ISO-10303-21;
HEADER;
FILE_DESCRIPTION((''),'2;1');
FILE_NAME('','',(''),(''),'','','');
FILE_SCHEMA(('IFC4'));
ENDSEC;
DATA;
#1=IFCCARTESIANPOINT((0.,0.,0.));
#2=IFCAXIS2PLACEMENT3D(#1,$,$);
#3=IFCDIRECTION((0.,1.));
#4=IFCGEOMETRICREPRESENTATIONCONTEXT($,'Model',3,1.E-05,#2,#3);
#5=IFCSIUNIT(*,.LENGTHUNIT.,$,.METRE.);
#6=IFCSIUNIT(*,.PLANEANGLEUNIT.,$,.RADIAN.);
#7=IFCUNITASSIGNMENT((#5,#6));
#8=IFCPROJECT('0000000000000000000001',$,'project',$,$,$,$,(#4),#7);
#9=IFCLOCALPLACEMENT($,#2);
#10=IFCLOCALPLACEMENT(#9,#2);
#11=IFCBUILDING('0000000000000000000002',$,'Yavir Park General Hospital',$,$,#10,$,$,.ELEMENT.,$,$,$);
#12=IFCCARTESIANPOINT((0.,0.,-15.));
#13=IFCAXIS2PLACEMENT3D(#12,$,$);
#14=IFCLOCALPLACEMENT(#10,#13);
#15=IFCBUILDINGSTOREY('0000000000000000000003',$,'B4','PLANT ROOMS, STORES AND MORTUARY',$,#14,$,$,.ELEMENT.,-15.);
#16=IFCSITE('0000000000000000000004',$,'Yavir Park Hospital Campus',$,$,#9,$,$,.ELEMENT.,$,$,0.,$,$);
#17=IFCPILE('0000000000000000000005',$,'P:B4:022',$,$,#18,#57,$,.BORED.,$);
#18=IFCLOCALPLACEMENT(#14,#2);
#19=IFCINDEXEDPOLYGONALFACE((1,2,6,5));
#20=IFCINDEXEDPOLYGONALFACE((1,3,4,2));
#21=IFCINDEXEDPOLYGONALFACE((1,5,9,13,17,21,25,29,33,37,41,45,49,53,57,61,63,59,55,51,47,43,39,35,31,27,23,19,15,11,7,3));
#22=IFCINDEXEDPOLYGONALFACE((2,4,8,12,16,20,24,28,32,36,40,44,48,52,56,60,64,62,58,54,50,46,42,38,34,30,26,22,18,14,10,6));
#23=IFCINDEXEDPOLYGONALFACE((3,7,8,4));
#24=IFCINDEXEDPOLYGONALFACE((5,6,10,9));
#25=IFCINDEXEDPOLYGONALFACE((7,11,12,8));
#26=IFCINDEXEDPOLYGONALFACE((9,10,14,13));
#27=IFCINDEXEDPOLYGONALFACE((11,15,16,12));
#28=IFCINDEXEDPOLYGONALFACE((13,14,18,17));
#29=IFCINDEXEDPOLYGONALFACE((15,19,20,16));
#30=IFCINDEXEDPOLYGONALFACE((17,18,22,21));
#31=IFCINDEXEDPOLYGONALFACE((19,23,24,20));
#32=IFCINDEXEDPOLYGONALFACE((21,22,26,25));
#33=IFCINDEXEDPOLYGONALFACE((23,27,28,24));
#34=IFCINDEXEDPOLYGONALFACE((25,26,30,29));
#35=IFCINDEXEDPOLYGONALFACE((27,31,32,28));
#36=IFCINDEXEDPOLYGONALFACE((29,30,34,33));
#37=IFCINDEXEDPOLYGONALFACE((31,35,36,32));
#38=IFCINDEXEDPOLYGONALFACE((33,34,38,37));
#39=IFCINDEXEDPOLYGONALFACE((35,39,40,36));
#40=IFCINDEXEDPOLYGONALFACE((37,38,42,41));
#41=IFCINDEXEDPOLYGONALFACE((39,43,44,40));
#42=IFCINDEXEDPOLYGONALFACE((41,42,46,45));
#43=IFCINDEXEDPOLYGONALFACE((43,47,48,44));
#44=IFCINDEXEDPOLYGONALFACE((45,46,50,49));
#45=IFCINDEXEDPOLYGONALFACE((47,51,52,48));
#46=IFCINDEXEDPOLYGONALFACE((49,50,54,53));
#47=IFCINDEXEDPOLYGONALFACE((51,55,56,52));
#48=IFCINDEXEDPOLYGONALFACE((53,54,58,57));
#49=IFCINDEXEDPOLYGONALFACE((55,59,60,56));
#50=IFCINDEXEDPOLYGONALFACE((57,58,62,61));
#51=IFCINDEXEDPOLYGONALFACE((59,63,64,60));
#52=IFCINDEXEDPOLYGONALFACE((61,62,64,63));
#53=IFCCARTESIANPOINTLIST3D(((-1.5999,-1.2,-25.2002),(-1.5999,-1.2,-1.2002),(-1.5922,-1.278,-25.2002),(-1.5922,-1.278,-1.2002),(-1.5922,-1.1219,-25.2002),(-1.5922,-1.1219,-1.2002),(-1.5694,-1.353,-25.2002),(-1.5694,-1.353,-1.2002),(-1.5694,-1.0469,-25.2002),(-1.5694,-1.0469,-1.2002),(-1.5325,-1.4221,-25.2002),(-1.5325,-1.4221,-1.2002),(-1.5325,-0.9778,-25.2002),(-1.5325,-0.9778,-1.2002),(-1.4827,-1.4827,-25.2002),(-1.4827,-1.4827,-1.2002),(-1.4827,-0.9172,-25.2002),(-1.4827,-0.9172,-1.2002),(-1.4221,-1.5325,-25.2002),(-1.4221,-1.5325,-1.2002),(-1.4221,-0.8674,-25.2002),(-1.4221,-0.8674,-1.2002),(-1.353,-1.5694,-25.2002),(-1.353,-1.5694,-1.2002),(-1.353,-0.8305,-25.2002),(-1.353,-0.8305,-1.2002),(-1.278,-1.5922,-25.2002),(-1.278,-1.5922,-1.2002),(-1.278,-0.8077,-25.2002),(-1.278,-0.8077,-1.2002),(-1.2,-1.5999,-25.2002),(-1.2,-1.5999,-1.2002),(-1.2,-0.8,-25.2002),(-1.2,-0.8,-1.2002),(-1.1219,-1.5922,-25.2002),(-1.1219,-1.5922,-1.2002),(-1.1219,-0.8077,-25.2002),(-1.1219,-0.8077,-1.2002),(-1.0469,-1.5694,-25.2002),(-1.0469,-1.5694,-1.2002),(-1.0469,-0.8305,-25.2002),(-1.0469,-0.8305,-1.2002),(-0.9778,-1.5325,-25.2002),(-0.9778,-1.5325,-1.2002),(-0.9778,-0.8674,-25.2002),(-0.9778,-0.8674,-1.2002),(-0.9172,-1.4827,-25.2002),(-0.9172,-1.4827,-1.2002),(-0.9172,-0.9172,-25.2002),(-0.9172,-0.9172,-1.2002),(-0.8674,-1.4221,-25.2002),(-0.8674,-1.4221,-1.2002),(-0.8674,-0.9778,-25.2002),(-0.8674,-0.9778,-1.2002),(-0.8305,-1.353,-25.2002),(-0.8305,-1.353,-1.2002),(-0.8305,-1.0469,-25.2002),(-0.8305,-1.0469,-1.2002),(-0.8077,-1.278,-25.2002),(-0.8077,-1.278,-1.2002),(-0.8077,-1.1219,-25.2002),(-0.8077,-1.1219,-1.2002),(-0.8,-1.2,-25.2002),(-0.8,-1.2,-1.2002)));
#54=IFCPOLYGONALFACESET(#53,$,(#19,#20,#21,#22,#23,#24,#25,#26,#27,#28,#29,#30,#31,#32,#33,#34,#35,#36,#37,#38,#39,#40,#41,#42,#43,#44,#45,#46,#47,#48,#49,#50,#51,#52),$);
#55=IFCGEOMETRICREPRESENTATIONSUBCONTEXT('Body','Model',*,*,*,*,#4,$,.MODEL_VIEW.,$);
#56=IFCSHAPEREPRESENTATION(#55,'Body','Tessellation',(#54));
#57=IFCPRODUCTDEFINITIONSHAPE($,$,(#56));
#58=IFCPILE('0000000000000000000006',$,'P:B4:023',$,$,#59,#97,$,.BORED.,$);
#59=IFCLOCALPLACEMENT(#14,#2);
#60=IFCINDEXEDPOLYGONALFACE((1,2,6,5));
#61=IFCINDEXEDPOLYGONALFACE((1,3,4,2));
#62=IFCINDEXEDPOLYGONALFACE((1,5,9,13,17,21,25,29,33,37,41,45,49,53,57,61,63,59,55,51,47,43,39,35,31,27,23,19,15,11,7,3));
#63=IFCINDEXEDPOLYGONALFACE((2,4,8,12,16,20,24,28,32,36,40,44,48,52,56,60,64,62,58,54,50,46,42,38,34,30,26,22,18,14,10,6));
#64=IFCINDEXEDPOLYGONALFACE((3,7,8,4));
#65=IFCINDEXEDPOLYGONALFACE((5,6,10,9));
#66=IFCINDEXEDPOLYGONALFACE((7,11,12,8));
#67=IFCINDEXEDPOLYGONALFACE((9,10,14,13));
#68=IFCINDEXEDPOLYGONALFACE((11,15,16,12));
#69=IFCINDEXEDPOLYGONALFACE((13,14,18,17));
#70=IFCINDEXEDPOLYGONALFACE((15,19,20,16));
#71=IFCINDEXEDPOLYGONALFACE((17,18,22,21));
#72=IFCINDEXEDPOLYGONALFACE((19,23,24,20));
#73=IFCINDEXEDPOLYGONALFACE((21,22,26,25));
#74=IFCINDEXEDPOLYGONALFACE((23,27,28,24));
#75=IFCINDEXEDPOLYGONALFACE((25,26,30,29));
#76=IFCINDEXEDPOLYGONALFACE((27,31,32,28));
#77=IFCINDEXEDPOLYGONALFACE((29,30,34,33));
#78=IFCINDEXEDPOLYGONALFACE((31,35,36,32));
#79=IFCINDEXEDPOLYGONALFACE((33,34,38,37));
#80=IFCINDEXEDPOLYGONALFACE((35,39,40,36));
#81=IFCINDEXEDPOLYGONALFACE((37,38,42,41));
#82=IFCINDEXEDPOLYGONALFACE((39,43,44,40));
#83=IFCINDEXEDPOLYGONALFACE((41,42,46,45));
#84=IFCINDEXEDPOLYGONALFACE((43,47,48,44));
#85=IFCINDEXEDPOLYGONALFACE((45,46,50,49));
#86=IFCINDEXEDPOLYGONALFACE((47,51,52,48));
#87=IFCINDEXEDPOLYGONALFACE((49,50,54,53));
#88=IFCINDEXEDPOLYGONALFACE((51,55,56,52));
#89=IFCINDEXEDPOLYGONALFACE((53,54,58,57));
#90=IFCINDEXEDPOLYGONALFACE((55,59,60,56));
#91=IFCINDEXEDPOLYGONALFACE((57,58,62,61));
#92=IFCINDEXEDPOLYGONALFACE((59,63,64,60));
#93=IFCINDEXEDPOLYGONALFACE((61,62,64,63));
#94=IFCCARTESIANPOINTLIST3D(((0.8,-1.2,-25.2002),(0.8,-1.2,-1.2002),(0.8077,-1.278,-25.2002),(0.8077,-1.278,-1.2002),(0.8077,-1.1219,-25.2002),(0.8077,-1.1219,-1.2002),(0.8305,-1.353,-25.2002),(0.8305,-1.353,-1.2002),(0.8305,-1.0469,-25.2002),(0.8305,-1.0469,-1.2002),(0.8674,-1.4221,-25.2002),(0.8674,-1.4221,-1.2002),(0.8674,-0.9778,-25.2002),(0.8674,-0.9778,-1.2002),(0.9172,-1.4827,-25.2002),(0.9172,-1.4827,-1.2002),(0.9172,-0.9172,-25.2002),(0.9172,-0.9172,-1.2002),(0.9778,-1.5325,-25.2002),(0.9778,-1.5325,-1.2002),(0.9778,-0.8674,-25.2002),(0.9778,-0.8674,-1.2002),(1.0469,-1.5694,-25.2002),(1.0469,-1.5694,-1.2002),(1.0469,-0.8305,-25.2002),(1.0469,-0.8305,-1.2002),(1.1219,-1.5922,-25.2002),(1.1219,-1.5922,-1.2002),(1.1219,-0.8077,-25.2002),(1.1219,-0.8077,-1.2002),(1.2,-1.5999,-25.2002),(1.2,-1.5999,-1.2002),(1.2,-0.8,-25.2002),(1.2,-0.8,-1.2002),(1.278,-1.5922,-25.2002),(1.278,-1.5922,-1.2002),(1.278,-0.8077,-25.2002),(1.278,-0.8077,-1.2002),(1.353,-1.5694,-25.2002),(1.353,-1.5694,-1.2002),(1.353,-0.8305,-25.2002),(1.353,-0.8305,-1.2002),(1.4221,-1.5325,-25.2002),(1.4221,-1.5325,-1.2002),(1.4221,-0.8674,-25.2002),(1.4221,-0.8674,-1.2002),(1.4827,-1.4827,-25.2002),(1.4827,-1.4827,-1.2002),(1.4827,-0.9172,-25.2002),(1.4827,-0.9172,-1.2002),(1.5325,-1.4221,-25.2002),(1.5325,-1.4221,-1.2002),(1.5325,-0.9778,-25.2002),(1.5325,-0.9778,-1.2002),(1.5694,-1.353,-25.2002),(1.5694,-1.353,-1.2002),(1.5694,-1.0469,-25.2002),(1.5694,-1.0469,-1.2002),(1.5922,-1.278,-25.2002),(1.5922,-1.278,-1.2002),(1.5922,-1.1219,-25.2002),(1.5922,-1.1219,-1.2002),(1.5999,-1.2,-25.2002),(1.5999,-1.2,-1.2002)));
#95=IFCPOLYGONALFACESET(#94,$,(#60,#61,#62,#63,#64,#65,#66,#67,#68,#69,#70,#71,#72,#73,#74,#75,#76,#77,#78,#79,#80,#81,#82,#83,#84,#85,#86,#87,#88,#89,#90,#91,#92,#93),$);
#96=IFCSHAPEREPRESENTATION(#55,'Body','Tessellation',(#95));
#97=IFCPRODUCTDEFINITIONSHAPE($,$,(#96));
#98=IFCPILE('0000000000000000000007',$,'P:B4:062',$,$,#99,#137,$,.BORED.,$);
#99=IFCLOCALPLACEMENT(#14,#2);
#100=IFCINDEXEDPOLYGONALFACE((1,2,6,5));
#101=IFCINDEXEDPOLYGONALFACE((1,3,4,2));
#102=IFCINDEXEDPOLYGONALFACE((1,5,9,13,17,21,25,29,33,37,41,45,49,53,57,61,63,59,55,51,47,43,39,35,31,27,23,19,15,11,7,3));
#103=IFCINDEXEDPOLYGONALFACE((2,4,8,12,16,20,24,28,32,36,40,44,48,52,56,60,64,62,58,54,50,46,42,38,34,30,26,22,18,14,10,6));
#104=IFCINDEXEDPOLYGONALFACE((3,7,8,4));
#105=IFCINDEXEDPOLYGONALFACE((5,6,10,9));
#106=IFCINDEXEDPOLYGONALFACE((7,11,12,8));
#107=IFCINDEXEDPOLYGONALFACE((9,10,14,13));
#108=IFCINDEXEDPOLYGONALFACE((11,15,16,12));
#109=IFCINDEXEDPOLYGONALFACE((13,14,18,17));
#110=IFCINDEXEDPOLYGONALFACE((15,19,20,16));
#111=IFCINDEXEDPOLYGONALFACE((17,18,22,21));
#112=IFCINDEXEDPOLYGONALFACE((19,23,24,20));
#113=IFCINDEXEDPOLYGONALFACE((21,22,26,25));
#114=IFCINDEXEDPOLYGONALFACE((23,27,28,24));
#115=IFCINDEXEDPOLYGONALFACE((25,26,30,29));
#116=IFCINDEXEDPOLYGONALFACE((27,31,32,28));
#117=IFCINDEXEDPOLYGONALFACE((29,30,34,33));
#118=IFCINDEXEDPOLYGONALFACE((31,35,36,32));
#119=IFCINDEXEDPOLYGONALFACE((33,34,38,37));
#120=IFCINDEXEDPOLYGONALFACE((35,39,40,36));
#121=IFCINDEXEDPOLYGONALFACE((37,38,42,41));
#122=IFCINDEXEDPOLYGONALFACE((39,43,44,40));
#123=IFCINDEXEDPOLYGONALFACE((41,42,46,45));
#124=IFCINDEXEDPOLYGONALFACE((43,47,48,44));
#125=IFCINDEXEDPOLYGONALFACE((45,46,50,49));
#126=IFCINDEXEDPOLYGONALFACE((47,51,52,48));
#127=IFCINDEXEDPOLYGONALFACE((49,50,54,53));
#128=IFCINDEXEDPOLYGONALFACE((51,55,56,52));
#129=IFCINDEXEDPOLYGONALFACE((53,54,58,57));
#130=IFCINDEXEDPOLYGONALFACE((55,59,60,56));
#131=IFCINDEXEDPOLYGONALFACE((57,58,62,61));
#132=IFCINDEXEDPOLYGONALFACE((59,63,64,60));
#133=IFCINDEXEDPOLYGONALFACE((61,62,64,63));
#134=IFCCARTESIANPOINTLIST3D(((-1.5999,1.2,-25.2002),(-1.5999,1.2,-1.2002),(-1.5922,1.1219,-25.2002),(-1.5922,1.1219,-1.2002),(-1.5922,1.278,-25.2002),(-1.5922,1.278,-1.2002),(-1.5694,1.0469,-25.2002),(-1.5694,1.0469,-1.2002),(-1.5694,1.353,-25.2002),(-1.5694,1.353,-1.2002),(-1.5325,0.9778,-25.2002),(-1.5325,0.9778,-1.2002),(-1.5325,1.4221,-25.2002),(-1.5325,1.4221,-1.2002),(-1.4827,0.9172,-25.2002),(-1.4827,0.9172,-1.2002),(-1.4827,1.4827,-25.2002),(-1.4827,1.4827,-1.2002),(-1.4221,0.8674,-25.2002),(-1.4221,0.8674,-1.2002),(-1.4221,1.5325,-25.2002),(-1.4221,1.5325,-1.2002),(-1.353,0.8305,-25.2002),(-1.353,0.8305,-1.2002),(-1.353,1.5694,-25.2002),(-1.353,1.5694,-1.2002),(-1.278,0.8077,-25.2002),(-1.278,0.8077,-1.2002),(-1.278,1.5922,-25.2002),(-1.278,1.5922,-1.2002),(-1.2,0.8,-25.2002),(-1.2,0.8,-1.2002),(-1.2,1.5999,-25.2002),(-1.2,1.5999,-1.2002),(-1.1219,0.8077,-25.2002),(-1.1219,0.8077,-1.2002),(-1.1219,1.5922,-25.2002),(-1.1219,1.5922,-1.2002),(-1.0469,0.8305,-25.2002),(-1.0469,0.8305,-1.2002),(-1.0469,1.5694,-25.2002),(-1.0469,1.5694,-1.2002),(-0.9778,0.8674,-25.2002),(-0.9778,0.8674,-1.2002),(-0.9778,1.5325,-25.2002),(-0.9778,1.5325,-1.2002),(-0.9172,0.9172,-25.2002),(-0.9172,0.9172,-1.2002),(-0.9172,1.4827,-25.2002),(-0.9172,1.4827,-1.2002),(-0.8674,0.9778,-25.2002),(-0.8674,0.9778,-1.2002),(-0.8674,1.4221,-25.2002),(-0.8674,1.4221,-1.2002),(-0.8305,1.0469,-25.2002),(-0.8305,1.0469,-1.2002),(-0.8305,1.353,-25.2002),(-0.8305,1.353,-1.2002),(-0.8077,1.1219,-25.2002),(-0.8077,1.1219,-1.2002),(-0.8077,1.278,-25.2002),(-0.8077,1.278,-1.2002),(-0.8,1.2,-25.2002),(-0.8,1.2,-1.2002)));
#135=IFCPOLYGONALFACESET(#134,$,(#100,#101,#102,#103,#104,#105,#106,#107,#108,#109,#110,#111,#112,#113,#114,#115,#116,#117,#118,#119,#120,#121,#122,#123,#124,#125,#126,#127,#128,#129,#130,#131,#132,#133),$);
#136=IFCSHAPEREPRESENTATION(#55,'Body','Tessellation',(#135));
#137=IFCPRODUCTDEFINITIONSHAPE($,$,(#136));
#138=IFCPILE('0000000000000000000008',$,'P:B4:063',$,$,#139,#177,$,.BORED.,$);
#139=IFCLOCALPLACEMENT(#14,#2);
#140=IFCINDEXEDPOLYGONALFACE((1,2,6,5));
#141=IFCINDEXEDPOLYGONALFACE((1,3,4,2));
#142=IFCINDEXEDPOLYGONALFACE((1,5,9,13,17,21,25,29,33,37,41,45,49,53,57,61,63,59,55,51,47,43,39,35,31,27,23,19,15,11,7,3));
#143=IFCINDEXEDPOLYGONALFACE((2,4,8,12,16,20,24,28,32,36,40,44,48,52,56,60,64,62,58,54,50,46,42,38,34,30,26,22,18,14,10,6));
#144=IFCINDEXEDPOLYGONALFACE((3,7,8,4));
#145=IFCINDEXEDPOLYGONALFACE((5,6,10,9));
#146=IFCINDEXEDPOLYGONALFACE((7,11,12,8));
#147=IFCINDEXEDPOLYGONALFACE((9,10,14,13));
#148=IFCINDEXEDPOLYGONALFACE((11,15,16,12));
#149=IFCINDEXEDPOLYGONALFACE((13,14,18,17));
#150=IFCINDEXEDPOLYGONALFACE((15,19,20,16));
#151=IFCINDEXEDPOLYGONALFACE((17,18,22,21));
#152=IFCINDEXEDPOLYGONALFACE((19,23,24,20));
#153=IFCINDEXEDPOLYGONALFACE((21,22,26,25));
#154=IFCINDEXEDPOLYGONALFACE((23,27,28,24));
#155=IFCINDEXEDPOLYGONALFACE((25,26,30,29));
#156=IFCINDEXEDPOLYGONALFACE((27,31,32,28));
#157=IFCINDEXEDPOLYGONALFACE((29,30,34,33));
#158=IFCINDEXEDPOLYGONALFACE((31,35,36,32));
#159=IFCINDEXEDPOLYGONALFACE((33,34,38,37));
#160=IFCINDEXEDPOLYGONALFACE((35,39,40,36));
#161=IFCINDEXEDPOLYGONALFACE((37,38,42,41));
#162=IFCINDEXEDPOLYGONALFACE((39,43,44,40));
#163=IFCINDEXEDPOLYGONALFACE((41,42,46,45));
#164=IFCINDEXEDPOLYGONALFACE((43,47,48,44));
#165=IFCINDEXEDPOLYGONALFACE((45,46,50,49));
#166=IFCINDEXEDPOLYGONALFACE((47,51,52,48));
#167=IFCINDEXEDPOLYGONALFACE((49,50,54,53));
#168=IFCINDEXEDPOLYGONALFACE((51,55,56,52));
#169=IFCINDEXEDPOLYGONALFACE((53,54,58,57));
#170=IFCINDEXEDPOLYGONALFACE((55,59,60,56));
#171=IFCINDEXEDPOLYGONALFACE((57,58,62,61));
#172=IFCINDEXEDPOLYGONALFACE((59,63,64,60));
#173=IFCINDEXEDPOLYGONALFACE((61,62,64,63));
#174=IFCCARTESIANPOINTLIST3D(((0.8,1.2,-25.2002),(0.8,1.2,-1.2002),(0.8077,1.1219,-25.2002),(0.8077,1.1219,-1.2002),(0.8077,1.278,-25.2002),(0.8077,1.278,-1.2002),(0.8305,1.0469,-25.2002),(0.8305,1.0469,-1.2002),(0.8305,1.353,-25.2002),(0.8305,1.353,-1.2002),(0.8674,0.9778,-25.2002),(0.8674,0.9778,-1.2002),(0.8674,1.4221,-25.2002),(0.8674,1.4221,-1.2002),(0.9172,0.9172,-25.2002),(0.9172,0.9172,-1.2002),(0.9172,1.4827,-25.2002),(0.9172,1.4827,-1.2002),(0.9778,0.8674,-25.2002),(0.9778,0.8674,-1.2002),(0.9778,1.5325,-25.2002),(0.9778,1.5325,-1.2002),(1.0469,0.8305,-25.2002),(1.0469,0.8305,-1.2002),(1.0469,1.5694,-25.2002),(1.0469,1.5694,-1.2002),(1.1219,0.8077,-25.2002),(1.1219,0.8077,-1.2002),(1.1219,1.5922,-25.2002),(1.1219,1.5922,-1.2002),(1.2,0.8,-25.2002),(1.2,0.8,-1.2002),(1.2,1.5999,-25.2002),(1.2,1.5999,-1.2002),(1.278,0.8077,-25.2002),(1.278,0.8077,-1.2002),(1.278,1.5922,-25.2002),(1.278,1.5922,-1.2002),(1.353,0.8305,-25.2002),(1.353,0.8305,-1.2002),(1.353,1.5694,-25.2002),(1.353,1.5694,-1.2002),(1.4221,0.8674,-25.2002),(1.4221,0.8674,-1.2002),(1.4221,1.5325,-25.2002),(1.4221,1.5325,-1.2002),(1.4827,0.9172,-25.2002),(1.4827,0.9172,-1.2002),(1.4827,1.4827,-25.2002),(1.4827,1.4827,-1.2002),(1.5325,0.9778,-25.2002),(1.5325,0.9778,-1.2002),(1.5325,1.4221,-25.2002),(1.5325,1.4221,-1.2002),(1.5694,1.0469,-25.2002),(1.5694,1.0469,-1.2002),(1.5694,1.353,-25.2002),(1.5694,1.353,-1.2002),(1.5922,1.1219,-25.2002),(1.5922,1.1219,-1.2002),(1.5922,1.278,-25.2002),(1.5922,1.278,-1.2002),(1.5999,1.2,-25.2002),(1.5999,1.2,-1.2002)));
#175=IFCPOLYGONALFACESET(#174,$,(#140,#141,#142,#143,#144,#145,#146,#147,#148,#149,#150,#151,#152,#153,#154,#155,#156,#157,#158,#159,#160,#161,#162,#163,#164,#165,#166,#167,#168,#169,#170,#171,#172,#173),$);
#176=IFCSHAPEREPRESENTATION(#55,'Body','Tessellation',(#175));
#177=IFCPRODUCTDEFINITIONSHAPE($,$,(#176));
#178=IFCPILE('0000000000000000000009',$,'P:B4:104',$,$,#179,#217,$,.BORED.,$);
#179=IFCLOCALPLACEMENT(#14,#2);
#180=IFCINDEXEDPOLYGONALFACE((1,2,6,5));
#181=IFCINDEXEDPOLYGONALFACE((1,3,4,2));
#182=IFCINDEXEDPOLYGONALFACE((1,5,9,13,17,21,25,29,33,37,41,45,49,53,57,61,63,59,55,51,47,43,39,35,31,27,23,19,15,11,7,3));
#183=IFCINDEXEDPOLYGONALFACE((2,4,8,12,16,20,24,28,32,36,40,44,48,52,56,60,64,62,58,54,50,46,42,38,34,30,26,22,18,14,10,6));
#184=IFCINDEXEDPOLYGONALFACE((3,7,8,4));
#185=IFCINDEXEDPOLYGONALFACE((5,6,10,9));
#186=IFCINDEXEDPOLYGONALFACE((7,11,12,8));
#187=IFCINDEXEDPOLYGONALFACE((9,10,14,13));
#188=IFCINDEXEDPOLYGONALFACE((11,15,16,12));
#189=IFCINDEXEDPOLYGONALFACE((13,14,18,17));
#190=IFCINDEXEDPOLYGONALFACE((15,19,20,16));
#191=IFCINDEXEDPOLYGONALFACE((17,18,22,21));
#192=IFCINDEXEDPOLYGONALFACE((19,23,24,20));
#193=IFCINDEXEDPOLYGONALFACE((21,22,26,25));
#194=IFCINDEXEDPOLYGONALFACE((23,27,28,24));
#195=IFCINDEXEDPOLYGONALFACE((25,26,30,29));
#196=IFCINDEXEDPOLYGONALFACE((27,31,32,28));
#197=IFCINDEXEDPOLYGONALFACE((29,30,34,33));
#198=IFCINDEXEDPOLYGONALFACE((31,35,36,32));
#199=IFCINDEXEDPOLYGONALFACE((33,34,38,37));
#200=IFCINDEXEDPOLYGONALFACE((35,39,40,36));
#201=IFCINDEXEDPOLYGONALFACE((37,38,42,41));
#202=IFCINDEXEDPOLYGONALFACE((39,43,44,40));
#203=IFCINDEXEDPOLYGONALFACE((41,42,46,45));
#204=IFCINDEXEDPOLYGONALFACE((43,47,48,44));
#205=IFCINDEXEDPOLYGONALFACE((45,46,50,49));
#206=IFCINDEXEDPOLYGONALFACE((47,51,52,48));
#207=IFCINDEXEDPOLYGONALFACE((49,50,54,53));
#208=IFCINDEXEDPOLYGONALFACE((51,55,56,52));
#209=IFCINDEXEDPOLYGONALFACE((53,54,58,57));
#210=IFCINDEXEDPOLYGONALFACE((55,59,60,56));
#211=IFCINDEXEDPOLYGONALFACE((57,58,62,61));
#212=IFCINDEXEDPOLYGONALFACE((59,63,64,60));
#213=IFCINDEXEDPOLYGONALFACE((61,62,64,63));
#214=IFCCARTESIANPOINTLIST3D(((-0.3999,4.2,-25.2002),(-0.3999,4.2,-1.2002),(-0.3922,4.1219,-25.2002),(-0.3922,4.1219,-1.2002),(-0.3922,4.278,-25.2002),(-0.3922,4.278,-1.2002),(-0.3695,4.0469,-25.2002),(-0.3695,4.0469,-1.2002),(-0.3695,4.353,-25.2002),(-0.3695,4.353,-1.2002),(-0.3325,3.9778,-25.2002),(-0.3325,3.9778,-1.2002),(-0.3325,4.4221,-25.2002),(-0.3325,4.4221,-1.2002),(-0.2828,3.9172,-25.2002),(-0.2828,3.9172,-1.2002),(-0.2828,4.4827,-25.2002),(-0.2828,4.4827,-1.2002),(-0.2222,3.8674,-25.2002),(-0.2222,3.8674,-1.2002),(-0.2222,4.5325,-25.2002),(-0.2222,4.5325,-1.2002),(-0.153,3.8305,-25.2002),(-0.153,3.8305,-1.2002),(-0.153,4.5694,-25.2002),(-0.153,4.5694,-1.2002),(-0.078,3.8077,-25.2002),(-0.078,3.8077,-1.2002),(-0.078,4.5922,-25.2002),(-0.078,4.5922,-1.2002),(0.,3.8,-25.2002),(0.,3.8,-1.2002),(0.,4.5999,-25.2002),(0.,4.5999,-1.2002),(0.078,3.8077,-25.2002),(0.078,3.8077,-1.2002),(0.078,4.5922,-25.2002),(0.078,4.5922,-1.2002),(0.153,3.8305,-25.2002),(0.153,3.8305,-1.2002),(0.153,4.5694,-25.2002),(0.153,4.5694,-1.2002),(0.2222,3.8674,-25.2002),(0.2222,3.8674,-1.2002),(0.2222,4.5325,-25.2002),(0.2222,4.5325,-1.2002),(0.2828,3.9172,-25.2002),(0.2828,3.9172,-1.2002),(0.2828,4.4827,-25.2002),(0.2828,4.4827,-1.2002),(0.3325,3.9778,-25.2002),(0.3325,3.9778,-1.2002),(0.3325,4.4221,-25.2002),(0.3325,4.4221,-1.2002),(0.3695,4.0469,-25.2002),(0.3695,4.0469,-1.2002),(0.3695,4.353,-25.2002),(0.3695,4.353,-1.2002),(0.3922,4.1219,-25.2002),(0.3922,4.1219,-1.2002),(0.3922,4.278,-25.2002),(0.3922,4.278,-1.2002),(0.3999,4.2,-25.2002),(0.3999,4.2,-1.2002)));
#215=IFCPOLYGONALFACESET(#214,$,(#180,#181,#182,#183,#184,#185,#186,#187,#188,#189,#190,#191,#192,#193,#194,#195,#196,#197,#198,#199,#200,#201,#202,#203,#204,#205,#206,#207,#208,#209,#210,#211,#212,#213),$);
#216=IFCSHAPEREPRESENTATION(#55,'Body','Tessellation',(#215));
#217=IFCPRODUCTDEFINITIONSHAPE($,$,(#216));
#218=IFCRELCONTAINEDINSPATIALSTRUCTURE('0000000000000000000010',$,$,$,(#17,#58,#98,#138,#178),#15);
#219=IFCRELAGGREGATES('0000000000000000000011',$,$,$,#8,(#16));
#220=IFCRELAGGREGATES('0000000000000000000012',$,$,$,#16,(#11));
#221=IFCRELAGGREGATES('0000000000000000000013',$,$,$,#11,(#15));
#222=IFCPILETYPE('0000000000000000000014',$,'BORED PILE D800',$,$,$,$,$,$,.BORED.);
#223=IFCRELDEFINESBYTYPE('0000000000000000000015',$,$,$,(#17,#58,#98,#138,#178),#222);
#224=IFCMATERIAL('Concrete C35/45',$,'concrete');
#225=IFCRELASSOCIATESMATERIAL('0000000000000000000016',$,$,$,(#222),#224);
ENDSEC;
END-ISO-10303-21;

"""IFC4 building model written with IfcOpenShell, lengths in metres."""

from ifc_helpers import new_model, si_unit, direction, frame, origin, origin_2d, place, context, subcontext, project, spatial, circle, extrude, material, material_profile, profile_set, type_object, element, save


model = new_model("IFC4")

# Units and contexts
model_context = context("Model", 3, precision=1e-05, world=origin(), true_north=direction((0.0, 1.0)))
body_context = subcontext(model_context, "Body", "Model", "MODEL_VIEW")
ifc_project = project(units=[si_unit("LENGTHUNIT", "METRE"), si_unit("PLANEANGLEUNIT", "RADIAN")], contexts=[model_context])

# Site, building, storey
site_placement = place(None, origin())
site = spatial("IfcSite", under=ifc_project, at=site_placement, Name="Yavir Park Hospital Campus", CompositionType="ELEMENT", RefElevation=0.0)
building_placement = place(site_placement, origin())
building = spatial("IfcBuilding", under=site, at=building_placement, Name="Yavir Park General Hospital", CompositionType="ELEMENT")
storey_placement = place(building_placement, frame((0.0, 0.0, -15.0)))
storey = spatial("IfcBuildingStorey", under=building, at=storey_placement, Name="B4", Description="PLANT ROOMS, STORES AND MORTUARY", CompositionType="ELEMENT", Elevation=-15.0)

# Piles
ifc_material_1 = material(Name="Concrete C35/45", Category="concrete")
ifc_material_profile_1 = material_profile(ifc_material_1, circle(Radius=0.3999, at=origin_2d()), Name="D800")
ifc_profile_set_1 = profile_set([ifc_material_profile_1], Name="Concrete C35/45")
pile_type = type_object("IfcPileType", Name="BORED PILE D800", PredefinedType="BORED", material=ifc_profile_set_1)
for number, where, z_axis, x_axis, name in (
    (1, (-1.2, -1.2, -1.2002), (0.0, 0.0, -1.0), (1.0, 0.0, 0.0), "P:B4:022"),
    (2, (1.2, -1.2, -1.2002), (0.0, 0.0, -1.0), (1.0, 0.0, 0.0), "P:B4:023"),
    (3, (-1.2, 1.2, -1.2002), (0.0, 0.0, -1.0), (1.0, 0.0, 0.0), "P:B4:062"),
    (4, (1.2, 1.2, -1.2002), (0.0, 0.0, -1.0), (1.0, 0.0, 0.0), "P:B4:063"),
    (5, (0.0, 4.2, -1.2002), (0.0, 0.0, -1.0), (1.0, 0.0, 0.0), "P:B4:104"),
):
    element("IfcPile", number, at=place(storey_placement, frame(where, z_axis=z_axis, x_axis=x_axis)), inside=storey, type_object=pile_type, Name=name, PredefinedType="BORED", context=body_context, shape_type="SweptSolid", body=[
        extrude(circle(Radius=0.3999, at=origin_2d()), origin(), (0.0, 0.0, 1.0), 24.0),
    ])

save(model, "model.ifc")
